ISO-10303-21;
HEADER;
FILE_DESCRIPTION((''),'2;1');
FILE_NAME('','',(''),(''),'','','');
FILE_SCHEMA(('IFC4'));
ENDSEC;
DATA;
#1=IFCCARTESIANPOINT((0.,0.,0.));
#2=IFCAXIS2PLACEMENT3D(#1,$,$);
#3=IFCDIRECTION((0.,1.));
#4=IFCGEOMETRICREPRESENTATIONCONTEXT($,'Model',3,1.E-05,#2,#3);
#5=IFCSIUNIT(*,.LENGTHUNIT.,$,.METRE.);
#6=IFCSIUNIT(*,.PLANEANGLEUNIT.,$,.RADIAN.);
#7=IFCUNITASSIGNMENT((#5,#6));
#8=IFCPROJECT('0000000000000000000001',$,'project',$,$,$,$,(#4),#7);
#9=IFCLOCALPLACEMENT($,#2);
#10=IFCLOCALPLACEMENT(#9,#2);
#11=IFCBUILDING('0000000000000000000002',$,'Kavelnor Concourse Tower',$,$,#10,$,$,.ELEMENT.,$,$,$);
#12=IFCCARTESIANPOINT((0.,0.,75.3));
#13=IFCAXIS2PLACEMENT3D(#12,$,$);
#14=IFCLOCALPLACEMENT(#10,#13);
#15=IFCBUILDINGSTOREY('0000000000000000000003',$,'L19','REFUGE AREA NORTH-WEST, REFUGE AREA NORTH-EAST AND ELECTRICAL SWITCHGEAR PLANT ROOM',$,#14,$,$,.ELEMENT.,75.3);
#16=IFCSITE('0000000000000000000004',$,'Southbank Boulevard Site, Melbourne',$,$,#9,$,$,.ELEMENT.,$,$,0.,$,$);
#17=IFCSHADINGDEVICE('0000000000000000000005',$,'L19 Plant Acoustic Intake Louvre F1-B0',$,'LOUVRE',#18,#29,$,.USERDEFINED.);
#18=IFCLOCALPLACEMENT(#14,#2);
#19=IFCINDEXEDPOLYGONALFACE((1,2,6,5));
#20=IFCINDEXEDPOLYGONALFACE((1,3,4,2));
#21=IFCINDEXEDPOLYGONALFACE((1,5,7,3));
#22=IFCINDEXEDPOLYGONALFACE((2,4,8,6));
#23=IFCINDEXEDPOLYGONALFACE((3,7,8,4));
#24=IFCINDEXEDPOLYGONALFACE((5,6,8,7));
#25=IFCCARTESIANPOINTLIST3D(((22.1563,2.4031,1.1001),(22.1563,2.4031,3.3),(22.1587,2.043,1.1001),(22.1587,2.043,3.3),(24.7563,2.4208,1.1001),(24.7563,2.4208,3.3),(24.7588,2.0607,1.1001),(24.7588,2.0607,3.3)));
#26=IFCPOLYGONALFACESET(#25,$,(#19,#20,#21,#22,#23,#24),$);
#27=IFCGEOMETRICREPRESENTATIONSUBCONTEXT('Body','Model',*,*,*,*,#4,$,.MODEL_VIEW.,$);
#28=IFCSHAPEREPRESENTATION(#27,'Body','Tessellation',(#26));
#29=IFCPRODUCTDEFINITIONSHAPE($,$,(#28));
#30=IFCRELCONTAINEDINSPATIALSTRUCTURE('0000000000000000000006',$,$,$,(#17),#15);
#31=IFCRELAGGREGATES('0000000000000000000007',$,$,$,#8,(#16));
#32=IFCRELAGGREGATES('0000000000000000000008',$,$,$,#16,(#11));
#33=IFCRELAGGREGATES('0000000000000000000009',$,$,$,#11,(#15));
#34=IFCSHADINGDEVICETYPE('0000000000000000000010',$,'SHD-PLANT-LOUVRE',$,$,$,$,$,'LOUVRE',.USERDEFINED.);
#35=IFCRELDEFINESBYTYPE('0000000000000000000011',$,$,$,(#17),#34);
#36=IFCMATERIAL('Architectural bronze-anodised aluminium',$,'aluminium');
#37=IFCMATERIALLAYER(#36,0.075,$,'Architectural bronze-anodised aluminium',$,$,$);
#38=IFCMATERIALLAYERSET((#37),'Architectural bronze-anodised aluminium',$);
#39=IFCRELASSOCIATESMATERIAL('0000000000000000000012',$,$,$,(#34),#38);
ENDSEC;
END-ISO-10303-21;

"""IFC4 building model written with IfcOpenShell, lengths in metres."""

from ifc_helpers import new_model, si_unit, direction, frame, origin, origin_2d, place, context, subcontext, project, spatial, rectangle, extrude, material, layer, layer_set, type_object, element, save


model = new_model("IFC4")

# Units and contexts
model_context = context("Model", 3, precision=1e-05, world=origin(), true_north=direction((0.0, 1.0)))
body_context = subcontext(model_context, "Body", "Model", "MODEL_VIEW")
ifc_project = project(units=[si_unit("LENGTHUNIT", "METRE"), si_unit("PLANEANGLEUNIT", "RADIAN")], contexts=[model_context])

# Site, building, storey
site_placement = place(None, origin())
site = spatial("IfcSite", under=ifc_project, at=site_placement, Name="Southbank Boulevard Site, Melbourne", CompositionType="ELEMENT", RefElevation=0.0)
building_placement = place(site_placement, origin())
building = spatial("IfcBuilding", under=site, at=building_placement, Name="Kavelnor Concourse Tower", CompositionType="ELEMENT")
storey_placement = place(building_placement, frame((0.0, 0.0, 75.3)))
storey = spatial("IfcBuildingStorey", under=building, at=storey_placement, Name="L19", Description="REFUGE AREA NORTH-WEST, REFUGE AREA NORTH-EAST AND ELECTRICAL SWITCHGEAR PLANT ROOM", CompositionType="ELEMENT", Elevation=75.3)

# Shading device
ifc_material_1 = material(Name="Architectural bronze-anodised aluminium", Category="aluminium")
ifc_layer_1 = layer(ifc_material_1, 0.075, Name="Architectural bronze-anodised aluminium")
ifc_layer_set_1 = layer_set([ifc_layer_1], Name="Architectural bronze-anodised aluminium")
shading_device_type = type_object("IfcShadingDeviceType", Name="SHD-PLANT-LOUVRE", ElementType="LOUVRE", PredefinedType="USERDEFINED", material=ifc_layer_set_1)
shading_device_placement = place(storey_placement, frame((23.4575, 2.2319, 1.1001), z_axis=(0.0, 0.0, 1.0), x_axis=(-0.999977, -0.006807, 0.0)))
element("IfcShadingDevice", 1, at=shading_device_placement, inside=storey, type_object=shading_device_type, Name="L19 Plant Acoustic Intake Louvre F1-B0", ObjectType="LOUVRE", PredefinedType="USERDEFINED", context=body_context, shape_type="SweptSolid", body=[
    extrude(rectangle(XDim=2.6001, YDim=0.3601, at=origin_2d()), origin(), (0.0, 0.0, 1.0), 2.2),
])

save(model, "model.ifc")
